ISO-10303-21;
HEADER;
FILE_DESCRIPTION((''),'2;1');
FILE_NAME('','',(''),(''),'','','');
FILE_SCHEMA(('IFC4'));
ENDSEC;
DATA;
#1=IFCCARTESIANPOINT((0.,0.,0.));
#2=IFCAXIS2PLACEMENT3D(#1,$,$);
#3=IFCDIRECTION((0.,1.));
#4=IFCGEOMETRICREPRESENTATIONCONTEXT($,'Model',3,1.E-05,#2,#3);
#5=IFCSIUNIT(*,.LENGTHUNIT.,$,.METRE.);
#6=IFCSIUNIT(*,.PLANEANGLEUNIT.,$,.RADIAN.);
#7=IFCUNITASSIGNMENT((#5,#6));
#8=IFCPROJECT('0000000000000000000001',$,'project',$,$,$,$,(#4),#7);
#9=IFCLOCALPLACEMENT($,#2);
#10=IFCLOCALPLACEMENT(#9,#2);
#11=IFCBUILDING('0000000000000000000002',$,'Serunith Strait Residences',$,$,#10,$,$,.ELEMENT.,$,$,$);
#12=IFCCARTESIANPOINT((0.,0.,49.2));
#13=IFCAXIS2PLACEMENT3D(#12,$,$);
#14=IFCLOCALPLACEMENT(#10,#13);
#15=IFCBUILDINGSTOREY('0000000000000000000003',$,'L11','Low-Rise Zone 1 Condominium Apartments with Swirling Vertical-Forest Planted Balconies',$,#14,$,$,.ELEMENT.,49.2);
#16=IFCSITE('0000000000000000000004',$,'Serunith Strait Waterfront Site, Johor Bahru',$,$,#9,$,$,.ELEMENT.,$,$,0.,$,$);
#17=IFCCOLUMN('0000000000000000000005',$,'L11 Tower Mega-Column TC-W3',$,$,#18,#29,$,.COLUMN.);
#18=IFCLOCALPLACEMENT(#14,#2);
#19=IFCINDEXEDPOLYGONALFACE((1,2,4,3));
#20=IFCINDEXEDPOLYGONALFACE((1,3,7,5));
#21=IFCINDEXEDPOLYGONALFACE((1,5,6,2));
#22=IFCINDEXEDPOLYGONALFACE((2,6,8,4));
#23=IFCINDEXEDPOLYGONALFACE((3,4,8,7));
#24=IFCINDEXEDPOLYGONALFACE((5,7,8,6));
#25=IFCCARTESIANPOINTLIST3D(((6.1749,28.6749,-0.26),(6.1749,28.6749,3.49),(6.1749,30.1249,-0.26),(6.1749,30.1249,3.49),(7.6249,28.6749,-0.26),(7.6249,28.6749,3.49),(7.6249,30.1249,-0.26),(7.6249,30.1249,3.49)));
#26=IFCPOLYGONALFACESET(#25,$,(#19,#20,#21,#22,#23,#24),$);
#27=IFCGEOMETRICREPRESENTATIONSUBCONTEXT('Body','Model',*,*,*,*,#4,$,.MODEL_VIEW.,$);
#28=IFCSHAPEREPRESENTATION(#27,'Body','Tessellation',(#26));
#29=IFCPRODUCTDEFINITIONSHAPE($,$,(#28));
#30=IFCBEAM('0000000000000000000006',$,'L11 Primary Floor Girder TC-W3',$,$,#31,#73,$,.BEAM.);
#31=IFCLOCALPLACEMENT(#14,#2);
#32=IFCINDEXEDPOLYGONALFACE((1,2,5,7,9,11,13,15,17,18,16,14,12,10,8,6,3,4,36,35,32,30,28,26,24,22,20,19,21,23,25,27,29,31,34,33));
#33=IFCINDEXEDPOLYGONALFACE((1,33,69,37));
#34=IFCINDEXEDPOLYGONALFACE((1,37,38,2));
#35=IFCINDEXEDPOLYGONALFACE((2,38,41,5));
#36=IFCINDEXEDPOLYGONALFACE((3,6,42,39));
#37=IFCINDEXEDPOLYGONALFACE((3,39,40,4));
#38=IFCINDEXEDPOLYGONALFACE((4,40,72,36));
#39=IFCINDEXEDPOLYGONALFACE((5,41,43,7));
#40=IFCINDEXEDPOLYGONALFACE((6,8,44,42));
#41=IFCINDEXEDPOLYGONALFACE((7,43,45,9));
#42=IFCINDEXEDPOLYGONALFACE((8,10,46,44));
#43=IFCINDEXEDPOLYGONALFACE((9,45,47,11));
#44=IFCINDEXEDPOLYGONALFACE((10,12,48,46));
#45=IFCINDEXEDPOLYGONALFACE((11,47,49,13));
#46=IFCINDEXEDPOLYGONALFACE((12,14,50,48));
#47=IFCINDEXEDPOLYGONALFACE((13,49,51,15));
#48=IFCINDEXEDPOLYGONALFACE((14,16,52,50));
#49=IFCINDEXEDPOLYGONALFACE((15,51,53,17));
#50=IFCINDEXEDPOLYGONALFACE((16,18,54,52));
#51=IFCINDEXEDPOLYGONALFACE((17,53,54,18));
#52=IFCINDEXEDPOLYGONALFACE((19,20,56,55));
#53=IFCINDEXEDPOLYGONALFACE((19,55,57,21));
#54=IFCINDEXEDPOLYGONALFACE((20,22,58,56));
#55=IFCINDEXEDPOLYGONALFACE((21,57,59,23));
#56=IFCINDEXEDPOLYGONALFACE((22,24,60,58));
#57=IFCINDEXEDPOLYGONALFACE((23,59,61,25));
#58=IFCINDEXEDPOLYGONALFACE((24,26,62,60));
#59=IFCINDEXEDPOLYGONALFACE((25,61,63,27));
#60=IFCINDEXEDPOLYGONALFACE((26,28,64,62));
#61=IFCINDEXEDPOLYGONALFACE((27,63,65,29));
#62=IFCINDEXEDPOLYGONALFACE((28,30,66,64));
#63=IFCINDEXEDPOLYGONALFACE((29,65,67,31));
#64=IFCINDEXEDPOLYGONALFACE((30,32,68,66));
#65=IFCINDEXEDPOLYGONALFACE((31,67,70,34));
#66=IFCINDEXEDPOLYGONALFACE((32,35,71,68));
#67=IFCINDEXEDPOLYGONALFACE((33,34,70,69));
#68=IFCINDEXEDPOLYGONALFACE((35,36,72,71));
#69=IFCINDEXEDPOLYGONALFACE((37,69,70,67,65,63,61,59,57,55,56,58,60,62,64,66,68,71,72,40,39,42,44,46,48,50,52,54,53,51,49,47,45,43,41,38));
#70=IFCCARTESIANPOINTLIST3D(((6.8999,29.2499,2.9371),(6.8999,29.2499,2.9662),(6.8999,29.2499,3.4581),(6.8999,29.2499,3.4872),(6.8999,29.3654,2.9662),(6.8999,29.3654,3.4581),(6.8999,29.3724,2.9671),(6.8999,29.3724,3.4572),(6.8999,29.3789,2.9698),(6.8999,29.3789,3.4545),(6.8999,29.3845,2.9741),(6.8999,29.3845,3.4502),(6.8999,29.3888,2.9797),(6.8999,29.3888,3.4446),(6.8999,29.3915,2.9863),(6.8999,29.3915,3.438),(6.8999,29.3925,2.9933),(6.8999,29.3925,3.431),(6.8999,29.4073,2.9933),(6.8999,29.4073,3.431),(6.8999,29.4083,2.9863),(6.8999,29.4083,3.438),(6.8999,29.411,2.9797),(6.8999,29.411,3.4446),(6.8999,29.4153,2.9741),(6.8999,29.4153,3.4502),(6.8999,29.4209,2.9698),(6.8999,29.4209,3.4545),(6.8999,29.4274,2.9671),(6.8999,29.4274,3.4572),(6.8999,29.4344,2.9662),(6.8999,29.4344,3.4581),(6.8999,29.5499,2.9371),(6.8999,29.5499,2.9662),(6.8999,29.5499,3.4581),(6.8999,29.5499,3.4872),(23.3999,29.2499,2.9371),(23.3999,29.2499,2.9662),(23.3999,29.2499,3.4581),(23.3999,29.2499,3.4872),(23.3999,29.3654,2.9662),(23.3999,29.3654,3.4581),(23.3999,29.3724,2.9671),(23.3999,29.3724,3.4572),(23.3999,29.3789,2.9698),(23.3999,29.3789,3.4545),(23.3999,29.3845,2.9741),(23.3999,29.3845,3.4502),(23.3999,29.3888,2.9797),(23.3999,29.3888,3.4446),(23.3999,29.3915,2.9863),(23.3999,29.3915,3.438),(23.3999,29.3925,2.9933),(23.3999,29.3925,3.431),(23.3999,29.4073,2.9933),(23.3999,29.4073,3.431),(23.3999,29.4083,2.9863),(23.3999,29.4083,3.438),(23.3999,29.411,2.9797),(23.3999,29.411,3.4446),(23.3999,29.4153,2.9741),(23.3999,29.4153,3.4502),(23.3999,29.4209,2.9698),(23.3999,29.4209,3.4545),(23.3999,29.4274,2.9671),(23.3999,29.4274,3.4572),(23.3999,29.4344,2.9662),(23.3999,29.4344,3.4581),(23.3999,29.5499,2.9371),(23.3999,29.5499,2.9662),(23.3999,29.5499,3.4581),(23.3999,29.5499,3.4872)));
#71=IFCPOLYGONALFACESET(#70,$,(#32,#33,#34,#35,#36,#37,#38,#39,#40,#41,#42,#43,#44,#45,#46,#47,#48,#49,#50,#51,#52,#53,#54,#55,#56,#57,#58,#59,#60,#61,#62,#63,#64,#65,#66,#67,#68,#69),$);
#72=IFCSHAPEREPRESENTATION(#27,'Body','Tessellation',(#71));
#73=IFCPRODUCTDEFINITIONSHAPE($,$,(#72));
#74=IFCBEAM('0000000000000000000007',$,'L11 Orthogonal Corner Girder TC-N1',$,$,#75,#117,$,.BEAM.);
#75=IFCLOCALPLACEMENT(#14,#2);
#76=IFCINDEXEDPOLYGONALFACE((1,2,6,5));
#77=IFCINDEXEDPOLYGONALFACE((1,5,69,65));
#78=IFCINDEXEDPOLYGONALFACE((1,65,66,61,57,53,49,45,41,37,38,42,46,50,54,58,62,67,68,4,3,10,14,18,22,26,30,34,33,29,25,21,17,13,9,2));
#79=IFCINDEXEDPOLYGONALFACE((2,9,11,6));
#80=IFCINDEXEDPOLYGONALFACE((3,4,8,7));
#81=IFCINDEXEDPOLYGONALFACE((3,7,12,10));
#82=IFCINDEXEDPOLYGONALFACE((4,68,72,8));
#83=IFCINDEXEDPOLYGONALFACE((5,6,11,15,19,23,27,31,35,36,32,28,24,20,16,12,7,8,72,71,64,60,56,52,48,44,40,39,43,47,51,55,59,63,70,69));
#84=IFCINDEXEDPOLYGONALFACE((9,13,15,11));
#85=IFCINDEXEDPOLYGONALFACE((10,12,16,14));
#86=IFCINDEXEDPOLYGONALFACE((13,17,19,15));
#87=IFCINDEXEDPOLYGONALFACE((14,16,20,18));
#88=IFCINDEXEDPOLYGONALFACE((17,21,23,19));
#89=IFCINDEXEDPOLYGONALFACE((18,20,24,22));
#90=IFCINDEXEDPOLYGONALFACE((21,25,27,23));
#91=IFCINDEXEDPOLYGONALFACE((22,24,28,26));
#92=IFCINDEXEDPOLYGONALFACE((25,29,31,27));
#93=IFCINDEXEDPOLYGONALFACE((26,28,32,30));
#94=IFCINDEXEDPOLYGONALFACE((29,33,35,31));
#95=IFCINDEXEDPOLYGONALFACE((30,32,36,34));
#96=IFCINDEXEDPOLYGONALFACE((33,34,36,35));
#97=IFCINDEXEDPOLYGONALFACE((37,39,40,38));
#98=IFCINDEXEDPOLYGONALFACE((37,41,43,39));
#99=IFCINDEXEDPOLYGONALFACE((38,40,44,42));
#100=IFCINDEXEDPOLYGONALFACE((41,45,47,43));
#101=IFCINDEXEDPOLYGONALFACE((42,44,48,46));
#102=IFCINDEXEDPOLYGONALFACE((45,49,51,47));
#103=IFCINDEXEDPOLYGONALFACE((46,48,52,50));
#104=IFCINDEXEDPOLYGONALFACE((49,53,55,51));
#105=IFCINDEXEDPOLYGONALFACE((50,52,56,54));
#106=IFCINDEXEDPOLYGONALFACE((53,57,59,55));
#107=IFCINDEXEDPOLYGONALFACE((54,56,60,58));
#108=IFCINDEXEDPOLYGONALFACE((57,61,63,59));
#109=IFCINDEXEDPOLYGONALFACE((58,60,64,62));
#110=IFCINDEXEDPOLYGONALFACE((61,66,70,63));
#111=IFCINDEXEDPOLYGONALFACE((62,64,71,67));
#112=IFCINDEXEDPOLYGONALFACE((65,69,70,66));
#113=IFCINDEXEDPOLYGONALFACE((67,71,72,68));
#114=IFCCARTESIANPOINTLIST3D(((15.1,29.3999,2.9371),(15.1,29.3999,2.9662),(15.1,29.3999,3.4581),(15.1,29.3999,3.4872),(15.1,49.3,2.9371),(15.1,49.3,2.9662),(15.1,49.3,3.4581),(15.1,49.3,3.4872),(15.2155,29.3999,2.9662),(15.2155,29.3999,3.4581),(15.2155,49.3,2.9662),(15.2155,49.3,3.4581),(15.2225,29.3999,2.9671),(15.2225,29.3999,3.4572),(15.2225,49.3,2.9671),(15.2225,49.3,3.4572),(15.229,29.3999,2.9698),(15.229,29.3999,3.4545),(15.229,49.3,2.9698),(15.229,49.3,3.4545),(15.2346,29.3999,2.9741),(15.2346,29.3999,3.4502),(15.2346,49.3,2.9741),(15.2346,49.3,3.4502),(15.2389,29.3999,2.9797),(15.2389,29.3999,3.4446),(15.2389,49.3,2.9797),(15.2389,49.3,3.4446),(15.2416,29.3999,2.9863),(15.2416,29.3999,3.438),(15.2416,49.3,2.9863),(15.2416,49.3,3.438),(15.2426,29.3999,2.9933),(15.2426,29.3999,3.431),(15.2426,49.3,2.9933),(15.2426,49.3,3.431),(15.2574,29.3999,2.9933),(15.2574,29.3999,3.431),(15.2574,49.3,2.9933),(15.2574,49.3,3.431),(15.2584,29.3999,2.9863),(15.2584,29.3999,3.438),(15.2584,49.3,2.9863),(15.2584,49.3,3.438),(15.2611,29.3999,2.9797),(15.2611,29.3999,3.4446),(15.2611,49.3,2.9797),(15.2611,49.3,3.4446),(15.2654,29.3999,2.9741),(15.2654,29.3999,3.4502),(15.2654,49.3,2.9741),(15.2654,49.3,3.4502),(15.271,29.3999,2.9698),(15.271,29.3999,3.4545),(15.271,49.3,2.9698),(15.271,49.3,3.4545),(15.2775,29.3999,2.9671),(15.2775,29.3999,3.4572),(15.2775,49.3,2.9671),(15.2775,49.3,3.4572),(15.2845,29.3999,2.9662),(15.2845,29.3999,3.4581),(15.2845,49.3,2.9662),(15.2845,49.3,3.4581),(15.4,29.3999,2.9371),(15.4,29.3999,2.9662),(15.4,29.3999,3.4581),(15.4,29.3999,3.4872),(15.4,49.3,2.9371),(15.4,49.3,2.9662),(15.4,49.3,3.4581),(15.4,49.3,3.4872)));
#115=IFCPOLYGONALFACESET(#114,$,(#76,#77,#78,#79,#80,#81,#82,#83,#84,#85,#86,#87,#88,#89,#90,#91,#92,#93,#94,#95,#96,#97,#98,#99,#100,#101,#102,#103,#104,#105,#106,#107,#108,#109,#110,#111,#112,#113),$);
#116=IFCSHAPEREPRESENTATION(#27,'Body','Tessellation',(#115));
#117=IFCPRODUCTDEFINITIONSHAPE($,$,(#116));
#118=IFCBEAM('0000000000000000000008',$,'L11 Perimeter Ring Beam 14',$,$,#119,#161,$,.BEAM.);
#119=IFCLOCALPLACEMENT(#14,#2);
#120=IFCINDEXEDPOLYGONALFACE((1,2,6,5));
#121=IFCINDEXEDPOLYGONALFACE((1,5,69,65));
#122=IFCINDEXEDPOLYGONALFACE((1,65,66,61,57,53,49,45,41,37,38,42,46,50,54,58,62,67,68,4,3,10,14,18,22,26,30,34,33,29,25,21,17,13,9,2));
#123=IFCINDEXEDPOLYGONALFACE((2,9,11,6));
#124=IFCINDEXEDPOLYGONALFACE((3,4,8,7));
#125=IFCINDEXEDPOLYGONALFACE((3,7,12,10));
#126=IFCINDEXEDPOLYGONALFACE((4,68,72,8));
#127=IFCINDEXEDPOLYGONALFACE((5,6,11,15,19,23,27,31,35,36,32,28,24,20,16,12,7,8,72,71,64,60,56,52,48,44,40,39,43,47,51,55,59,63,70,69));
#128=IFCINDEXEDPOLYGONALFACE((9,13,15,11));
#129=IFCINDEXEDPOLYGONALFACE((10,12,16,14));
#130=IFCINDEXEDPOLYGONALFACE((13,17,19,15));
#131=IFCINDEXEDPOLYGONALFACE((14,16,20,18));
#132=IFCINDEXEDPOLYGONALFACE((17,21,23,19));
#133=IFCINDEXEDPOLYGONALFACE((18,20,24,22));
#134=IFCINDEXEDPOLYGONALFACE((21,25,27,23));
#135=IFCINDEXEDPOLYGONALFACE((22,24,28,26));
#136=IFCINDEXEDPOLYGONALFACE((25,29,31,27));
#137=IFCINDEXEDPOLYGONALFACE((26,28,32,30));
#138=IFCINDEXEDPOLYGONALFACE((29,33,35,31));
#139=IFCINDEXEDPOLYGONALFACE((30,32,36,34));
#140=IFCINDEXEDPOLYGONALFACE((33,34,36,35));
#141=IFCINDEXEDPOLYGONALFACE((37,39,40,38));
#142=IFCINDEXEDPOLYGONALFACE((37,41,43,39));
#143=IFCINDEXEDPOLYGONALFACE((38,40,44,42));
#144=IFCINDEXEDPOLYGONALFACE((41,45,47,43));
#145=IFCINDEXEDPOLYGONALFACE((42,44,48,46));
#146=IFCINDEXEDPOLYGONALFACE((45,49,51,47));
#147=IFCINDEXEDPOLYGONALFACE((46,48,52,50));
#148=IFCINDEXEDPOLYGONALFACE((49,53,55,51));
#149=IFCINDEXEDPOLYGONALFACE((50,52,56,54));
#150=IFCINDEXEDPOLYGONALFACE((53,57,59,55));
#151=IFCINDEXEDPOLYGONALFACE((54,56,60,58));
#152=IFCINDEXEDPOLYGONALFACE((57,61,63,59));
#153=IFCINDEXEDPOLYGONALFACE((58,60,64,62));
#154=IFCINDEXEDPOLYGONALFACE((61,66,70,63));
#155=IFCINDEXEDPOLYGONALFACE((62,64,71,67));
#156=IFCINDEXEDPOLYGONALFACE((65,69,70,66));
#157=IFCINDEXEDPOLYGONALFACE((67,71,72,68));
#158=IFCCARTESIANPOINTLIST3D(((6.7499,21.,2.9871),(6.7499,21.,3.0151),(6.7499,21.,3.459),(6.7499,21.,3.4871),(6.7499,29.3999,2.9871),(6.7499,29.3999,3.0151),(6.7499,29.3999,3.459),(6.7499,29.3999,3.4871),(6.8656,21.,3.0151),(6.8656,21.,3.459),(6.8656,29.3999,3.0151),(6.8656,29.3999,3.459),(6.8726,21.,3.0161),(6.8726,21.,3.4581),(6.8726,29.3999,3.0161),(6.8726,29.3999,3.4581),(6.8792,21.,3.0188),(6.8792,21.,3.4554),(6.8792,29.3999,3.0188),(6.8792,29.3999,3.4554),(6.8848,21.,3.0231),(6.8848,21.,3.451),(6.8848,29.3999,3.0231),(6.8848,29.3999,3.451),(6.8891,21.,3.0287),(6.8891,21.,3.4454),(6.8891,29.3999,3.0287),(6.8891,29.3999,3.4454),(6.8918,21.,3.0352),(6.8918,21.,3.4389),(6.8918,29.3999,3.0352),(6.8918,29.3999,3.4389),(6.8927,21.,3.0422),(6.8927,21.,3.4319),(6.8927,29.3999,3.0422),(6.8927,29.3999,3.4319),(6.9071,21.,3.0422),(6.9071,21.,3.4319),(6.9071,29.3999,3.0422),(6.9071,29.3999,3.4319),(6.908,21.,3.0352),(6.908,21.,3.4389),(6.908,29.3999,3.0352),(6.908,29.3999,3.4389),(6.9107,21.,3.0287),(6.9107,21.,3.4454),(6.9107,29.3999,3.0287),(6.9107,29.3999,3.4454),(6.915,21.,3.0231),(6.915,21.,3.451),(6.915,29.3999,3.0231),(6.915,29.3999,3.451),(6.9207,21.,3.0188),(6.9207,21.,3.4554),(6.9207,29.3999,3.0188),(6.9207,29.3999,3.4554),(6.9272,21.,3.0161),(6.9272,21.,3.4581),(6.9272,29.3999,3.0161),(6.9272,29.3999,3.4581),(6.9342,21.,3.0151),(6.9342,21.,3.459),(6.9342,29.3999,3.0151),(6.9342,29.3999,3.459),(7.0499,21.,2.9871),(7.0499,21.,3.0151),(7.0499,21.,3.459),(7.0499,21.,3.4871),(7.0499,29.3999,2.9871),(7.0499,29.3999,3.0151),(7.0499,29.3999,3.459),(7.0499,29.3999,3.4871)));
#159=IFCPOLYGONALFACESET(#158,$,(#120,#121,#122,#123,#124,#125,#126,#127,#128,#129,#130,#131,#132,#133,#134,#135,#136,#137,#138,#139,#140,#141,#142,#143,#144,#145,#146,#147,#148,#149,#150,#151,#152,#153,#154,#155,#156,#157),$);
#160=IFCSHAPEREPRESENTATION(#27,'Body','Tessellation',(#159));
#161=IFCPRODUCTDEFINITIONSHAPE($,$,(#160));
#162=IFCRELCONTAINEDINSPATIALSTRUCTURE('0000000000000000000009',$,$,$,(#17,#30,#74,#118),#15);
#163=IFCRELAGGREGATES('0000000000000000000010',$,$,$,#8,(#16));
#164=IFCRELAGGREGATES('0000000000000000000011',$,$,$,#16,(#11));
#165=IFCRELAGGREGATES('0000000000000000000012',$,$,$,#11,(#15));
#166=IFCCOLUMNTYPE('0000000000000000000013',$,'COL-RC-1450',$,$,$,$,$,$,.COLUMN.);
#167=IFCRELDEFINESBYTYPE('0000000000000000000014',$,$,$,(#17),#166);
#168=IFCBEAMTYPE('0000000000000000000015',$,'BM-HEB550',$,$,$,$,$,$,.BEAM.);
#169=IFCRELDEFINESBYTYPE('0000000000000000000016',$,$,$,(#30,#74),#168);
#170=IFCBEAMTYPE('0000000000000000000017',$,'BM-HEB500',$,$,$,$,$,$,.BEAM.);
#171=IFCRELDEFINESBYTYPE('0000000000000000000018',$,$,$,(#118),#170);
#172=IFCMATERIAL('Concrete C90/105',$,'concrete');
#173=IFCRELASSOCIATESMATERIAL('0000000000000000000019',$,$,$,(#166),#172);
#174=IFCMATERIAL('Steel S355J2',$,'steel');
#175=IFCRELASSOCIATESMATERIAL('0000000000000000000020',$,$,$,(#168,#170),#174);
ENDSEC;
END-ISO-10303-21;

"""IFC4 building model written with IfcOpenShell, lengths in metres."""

from ifc_helpers import new_model, si_unit, direction, frame, origin, origin_2d, place, context, subcontext, project, spatial, rectangle, i_section, extrude, source, transform, mapped, material, material_profile, profile_set, type_object, element, save


model = new_model("IFC4")

# Units and contexts
model_context = context("Model", 3, precision=1e-05, world=origin(), true_north=direction((0.0, 1.0)))
body_context = subcontext(model_context, "Body", "Model", "MODEL_VIEW")
ifc_project = project(units=[si_unit("LENGTHUNIT", "METRE"), si_unit("PLANEANGLEUNIT", "RADIAN")], contexts=[model_context])

# Site, building, storey
site_placement = place(None, origin())
site = spatial("IfcSite", under=ifc_project, at=site_placement, Name="Serunith Strait Waterfront Site, Johor Bahru", CompositionType="ELEMENT", RefElevation=0.0)
building_placement = place(site_placement, origin())
building = spatial("IfcBuilding", under=site, at=building_placement, Name="Serunith Strait Residences", CompositionType="ELEMENT")
storey_placement = place(building_placement, frame((0.0, 0.0, 49.2)))
storey = spatial("IfcBuildingStorey", under=building, at=storey_placement, Name="L11", Description="Low-Rise Zone 1 Condominium Apartments with Swirling Vertical-Forest Planted Balconies", CompositionType="ELEMENT", Elevation=49.2)

# Column
ifc_material_1 = material(Name="Concrete C90/105", Category="concrete")
ifc_material_profile_1 = material_profile(ifc_material_1, rectangle(XDim=1.45, YDim=1.45, at=origin_2d()), Name="RC 1450x1450")
ifc_profile_set_1 = profile_set([ifc_material_profile_1], Name="Concrete C90/105")
column_type = type_object("IfcColumnType", Name="COL-RC-1450", PredefinedType="COLUMN", material=ifc_profile_set_1)
shared_shape_1 = source(origin(), body_context, "Body", "SweptSolid", [
    extrude(rectangle(XDim=1.45, YDim=1.45, at=origin_2d()), origin(), (0.0, 0.0, 1.0), 3.75),
])
column_placement = place(storey_placement, frame((6.8999, 29.3999, -0.26), z_axis=(0.0, 0.0, 1.0), x_axis=(1.0, 0.0, 0.0)))
element("IfcColumn", 1, at=column_placement, inside=storey, type_object=column_type, Name="L11 Tower Mega-Column TC-W3", PredefinedType="COLUMN", context=body_context, shape_type="MappedRepresentation", body=[
    mapped(shared_shape_1, transform((0.0, 0.0, 0.0), scale=1.0)),
])

# Beams
ifc_material_2 = material(Name="Steel S355J2", Category="steel")
ifc_material_profile_2 = material_profile(ifc_material_2, i_section(OverallWidth=0.3, OverallDepth=0.55, WebThickness=0.0149, FlangeThickness=0.0291, FilletRadius=0.0271, at=origin_2d()), Name="HEB 550")
ifc_profile_set_2 = profile_set([ifc_material_profile_2], Name="Steel S355J2")
beam_type_1 = type_object("IfcBeamType", Name="BM-HEB550", PredefinedType="BEAM", material=ifc_profile_set_2)
shared_shape_2 = source(origin(), body_context, "Body", "SweptSolid", [
    extrude(i_section(OverallWidth=0.3, OverallDepth=0.55, WebThickness=0.0149, FlangeThickness=0.0291, FilletRadius=0.0271, at=origin_2d()), origin(), (0.0, 0.0, 1.0), 16.5),
])
beam_1_placement = place(storey_placement, frame((23.3999, 29.3999, 3.2122), z_axis=(-1.0, 0.0, 0.0), x_axis=(0.0, -1.0, 0.0)))
element("IfcBeam", 2, at=beam_1_placement, inside=storey, type_object=beam_type_1, Name="L11 Primary Floor Girder TC-W3", PredefinedType="BEAM", context=body_context, shape_type="MappedRepresentation", body=[
    mapped(shared_shape_2, transform((0.0, 0.0, 0.0), scale=1.0)),
])
shared_shape_3 = source(origin(), body_context, "Body", "SweptSolid", [
    extrude(i_section(OverallWidth=0.3, OverallDepth=0.55, WebThickness=0.0149, FlangeThickness=0.0291, FilletRadius=0.0271, at=origin_2d()), origin(), (0.0, 0.0, 1.0), 19.9001),
])
beam_2_placement = place(storey_placement, frame((15.25, 29.3999, 3.2122), z_axis=(0.0, 1.0, 0.0), x_axis=(-1.0, 0.0, 0.0)))
element("IfcBeam", 3, at=beam_2_placement, inside=storey, type_object=beam_type_1, Name="L11 Orthogonal Corner Girder TC-N1", PredefinedType="BEAM", context=body_context, shape_type="MappedRepresentation", body=[
    mapped(shared_shape_3, transform((0.0, 0.0, 0.0), scale=1.0)),
])
ifc_material_profile_3 = material_profile(ifc_material_2, i_section(OverallWidth=0.3, OverallDepth=0.5, WebThickness=0.0144, FlangeThickness=0.0281, FilletRadius=0.0271, at=origin_2d()), Name="HEB 500")
ifc_profile_set_3 = profile_set([ifc_material_profile_3], Name="Steel S355J2")
beam_type_2 = type_object("IfcBeamType", Name="BM-HEB500", PredefinedType="BEAM", material=ifc_profile_set_3)
shared_shape_4 = source(origin(), body_context, "Body", "SweptSolid", [
    extrude(i_section(OverallWidth=0.3, OverallDepth=0.5, WebThickness=0.0144, FlangeThickness=0.0281, FilletRadius=0.0271, at=origin_2d()), origin(), (0.0, 0.0, 1.0), 8.3999),
])
beam_3_placement = place(storey_placement, frame((6.8999, 29.3999, 3.2371), z_axis=(0.0, -1.0, 0.0), x_axis=(1.0, 0.0, 0.0)))
element("IfcBeam", 4, at=beam_3_placement, inside=storey, type_object=beam_type_2, Name="L11 Perimeter Ring Beam 14", PredefinedType="BEAM", context=body_context, shape_type="MappedRepresentation", body=[
    mapped(shared_shape_4, transform((0.0, 0.0, 0.0), scale=1.0)),
])

save(model, "model.ifc")
